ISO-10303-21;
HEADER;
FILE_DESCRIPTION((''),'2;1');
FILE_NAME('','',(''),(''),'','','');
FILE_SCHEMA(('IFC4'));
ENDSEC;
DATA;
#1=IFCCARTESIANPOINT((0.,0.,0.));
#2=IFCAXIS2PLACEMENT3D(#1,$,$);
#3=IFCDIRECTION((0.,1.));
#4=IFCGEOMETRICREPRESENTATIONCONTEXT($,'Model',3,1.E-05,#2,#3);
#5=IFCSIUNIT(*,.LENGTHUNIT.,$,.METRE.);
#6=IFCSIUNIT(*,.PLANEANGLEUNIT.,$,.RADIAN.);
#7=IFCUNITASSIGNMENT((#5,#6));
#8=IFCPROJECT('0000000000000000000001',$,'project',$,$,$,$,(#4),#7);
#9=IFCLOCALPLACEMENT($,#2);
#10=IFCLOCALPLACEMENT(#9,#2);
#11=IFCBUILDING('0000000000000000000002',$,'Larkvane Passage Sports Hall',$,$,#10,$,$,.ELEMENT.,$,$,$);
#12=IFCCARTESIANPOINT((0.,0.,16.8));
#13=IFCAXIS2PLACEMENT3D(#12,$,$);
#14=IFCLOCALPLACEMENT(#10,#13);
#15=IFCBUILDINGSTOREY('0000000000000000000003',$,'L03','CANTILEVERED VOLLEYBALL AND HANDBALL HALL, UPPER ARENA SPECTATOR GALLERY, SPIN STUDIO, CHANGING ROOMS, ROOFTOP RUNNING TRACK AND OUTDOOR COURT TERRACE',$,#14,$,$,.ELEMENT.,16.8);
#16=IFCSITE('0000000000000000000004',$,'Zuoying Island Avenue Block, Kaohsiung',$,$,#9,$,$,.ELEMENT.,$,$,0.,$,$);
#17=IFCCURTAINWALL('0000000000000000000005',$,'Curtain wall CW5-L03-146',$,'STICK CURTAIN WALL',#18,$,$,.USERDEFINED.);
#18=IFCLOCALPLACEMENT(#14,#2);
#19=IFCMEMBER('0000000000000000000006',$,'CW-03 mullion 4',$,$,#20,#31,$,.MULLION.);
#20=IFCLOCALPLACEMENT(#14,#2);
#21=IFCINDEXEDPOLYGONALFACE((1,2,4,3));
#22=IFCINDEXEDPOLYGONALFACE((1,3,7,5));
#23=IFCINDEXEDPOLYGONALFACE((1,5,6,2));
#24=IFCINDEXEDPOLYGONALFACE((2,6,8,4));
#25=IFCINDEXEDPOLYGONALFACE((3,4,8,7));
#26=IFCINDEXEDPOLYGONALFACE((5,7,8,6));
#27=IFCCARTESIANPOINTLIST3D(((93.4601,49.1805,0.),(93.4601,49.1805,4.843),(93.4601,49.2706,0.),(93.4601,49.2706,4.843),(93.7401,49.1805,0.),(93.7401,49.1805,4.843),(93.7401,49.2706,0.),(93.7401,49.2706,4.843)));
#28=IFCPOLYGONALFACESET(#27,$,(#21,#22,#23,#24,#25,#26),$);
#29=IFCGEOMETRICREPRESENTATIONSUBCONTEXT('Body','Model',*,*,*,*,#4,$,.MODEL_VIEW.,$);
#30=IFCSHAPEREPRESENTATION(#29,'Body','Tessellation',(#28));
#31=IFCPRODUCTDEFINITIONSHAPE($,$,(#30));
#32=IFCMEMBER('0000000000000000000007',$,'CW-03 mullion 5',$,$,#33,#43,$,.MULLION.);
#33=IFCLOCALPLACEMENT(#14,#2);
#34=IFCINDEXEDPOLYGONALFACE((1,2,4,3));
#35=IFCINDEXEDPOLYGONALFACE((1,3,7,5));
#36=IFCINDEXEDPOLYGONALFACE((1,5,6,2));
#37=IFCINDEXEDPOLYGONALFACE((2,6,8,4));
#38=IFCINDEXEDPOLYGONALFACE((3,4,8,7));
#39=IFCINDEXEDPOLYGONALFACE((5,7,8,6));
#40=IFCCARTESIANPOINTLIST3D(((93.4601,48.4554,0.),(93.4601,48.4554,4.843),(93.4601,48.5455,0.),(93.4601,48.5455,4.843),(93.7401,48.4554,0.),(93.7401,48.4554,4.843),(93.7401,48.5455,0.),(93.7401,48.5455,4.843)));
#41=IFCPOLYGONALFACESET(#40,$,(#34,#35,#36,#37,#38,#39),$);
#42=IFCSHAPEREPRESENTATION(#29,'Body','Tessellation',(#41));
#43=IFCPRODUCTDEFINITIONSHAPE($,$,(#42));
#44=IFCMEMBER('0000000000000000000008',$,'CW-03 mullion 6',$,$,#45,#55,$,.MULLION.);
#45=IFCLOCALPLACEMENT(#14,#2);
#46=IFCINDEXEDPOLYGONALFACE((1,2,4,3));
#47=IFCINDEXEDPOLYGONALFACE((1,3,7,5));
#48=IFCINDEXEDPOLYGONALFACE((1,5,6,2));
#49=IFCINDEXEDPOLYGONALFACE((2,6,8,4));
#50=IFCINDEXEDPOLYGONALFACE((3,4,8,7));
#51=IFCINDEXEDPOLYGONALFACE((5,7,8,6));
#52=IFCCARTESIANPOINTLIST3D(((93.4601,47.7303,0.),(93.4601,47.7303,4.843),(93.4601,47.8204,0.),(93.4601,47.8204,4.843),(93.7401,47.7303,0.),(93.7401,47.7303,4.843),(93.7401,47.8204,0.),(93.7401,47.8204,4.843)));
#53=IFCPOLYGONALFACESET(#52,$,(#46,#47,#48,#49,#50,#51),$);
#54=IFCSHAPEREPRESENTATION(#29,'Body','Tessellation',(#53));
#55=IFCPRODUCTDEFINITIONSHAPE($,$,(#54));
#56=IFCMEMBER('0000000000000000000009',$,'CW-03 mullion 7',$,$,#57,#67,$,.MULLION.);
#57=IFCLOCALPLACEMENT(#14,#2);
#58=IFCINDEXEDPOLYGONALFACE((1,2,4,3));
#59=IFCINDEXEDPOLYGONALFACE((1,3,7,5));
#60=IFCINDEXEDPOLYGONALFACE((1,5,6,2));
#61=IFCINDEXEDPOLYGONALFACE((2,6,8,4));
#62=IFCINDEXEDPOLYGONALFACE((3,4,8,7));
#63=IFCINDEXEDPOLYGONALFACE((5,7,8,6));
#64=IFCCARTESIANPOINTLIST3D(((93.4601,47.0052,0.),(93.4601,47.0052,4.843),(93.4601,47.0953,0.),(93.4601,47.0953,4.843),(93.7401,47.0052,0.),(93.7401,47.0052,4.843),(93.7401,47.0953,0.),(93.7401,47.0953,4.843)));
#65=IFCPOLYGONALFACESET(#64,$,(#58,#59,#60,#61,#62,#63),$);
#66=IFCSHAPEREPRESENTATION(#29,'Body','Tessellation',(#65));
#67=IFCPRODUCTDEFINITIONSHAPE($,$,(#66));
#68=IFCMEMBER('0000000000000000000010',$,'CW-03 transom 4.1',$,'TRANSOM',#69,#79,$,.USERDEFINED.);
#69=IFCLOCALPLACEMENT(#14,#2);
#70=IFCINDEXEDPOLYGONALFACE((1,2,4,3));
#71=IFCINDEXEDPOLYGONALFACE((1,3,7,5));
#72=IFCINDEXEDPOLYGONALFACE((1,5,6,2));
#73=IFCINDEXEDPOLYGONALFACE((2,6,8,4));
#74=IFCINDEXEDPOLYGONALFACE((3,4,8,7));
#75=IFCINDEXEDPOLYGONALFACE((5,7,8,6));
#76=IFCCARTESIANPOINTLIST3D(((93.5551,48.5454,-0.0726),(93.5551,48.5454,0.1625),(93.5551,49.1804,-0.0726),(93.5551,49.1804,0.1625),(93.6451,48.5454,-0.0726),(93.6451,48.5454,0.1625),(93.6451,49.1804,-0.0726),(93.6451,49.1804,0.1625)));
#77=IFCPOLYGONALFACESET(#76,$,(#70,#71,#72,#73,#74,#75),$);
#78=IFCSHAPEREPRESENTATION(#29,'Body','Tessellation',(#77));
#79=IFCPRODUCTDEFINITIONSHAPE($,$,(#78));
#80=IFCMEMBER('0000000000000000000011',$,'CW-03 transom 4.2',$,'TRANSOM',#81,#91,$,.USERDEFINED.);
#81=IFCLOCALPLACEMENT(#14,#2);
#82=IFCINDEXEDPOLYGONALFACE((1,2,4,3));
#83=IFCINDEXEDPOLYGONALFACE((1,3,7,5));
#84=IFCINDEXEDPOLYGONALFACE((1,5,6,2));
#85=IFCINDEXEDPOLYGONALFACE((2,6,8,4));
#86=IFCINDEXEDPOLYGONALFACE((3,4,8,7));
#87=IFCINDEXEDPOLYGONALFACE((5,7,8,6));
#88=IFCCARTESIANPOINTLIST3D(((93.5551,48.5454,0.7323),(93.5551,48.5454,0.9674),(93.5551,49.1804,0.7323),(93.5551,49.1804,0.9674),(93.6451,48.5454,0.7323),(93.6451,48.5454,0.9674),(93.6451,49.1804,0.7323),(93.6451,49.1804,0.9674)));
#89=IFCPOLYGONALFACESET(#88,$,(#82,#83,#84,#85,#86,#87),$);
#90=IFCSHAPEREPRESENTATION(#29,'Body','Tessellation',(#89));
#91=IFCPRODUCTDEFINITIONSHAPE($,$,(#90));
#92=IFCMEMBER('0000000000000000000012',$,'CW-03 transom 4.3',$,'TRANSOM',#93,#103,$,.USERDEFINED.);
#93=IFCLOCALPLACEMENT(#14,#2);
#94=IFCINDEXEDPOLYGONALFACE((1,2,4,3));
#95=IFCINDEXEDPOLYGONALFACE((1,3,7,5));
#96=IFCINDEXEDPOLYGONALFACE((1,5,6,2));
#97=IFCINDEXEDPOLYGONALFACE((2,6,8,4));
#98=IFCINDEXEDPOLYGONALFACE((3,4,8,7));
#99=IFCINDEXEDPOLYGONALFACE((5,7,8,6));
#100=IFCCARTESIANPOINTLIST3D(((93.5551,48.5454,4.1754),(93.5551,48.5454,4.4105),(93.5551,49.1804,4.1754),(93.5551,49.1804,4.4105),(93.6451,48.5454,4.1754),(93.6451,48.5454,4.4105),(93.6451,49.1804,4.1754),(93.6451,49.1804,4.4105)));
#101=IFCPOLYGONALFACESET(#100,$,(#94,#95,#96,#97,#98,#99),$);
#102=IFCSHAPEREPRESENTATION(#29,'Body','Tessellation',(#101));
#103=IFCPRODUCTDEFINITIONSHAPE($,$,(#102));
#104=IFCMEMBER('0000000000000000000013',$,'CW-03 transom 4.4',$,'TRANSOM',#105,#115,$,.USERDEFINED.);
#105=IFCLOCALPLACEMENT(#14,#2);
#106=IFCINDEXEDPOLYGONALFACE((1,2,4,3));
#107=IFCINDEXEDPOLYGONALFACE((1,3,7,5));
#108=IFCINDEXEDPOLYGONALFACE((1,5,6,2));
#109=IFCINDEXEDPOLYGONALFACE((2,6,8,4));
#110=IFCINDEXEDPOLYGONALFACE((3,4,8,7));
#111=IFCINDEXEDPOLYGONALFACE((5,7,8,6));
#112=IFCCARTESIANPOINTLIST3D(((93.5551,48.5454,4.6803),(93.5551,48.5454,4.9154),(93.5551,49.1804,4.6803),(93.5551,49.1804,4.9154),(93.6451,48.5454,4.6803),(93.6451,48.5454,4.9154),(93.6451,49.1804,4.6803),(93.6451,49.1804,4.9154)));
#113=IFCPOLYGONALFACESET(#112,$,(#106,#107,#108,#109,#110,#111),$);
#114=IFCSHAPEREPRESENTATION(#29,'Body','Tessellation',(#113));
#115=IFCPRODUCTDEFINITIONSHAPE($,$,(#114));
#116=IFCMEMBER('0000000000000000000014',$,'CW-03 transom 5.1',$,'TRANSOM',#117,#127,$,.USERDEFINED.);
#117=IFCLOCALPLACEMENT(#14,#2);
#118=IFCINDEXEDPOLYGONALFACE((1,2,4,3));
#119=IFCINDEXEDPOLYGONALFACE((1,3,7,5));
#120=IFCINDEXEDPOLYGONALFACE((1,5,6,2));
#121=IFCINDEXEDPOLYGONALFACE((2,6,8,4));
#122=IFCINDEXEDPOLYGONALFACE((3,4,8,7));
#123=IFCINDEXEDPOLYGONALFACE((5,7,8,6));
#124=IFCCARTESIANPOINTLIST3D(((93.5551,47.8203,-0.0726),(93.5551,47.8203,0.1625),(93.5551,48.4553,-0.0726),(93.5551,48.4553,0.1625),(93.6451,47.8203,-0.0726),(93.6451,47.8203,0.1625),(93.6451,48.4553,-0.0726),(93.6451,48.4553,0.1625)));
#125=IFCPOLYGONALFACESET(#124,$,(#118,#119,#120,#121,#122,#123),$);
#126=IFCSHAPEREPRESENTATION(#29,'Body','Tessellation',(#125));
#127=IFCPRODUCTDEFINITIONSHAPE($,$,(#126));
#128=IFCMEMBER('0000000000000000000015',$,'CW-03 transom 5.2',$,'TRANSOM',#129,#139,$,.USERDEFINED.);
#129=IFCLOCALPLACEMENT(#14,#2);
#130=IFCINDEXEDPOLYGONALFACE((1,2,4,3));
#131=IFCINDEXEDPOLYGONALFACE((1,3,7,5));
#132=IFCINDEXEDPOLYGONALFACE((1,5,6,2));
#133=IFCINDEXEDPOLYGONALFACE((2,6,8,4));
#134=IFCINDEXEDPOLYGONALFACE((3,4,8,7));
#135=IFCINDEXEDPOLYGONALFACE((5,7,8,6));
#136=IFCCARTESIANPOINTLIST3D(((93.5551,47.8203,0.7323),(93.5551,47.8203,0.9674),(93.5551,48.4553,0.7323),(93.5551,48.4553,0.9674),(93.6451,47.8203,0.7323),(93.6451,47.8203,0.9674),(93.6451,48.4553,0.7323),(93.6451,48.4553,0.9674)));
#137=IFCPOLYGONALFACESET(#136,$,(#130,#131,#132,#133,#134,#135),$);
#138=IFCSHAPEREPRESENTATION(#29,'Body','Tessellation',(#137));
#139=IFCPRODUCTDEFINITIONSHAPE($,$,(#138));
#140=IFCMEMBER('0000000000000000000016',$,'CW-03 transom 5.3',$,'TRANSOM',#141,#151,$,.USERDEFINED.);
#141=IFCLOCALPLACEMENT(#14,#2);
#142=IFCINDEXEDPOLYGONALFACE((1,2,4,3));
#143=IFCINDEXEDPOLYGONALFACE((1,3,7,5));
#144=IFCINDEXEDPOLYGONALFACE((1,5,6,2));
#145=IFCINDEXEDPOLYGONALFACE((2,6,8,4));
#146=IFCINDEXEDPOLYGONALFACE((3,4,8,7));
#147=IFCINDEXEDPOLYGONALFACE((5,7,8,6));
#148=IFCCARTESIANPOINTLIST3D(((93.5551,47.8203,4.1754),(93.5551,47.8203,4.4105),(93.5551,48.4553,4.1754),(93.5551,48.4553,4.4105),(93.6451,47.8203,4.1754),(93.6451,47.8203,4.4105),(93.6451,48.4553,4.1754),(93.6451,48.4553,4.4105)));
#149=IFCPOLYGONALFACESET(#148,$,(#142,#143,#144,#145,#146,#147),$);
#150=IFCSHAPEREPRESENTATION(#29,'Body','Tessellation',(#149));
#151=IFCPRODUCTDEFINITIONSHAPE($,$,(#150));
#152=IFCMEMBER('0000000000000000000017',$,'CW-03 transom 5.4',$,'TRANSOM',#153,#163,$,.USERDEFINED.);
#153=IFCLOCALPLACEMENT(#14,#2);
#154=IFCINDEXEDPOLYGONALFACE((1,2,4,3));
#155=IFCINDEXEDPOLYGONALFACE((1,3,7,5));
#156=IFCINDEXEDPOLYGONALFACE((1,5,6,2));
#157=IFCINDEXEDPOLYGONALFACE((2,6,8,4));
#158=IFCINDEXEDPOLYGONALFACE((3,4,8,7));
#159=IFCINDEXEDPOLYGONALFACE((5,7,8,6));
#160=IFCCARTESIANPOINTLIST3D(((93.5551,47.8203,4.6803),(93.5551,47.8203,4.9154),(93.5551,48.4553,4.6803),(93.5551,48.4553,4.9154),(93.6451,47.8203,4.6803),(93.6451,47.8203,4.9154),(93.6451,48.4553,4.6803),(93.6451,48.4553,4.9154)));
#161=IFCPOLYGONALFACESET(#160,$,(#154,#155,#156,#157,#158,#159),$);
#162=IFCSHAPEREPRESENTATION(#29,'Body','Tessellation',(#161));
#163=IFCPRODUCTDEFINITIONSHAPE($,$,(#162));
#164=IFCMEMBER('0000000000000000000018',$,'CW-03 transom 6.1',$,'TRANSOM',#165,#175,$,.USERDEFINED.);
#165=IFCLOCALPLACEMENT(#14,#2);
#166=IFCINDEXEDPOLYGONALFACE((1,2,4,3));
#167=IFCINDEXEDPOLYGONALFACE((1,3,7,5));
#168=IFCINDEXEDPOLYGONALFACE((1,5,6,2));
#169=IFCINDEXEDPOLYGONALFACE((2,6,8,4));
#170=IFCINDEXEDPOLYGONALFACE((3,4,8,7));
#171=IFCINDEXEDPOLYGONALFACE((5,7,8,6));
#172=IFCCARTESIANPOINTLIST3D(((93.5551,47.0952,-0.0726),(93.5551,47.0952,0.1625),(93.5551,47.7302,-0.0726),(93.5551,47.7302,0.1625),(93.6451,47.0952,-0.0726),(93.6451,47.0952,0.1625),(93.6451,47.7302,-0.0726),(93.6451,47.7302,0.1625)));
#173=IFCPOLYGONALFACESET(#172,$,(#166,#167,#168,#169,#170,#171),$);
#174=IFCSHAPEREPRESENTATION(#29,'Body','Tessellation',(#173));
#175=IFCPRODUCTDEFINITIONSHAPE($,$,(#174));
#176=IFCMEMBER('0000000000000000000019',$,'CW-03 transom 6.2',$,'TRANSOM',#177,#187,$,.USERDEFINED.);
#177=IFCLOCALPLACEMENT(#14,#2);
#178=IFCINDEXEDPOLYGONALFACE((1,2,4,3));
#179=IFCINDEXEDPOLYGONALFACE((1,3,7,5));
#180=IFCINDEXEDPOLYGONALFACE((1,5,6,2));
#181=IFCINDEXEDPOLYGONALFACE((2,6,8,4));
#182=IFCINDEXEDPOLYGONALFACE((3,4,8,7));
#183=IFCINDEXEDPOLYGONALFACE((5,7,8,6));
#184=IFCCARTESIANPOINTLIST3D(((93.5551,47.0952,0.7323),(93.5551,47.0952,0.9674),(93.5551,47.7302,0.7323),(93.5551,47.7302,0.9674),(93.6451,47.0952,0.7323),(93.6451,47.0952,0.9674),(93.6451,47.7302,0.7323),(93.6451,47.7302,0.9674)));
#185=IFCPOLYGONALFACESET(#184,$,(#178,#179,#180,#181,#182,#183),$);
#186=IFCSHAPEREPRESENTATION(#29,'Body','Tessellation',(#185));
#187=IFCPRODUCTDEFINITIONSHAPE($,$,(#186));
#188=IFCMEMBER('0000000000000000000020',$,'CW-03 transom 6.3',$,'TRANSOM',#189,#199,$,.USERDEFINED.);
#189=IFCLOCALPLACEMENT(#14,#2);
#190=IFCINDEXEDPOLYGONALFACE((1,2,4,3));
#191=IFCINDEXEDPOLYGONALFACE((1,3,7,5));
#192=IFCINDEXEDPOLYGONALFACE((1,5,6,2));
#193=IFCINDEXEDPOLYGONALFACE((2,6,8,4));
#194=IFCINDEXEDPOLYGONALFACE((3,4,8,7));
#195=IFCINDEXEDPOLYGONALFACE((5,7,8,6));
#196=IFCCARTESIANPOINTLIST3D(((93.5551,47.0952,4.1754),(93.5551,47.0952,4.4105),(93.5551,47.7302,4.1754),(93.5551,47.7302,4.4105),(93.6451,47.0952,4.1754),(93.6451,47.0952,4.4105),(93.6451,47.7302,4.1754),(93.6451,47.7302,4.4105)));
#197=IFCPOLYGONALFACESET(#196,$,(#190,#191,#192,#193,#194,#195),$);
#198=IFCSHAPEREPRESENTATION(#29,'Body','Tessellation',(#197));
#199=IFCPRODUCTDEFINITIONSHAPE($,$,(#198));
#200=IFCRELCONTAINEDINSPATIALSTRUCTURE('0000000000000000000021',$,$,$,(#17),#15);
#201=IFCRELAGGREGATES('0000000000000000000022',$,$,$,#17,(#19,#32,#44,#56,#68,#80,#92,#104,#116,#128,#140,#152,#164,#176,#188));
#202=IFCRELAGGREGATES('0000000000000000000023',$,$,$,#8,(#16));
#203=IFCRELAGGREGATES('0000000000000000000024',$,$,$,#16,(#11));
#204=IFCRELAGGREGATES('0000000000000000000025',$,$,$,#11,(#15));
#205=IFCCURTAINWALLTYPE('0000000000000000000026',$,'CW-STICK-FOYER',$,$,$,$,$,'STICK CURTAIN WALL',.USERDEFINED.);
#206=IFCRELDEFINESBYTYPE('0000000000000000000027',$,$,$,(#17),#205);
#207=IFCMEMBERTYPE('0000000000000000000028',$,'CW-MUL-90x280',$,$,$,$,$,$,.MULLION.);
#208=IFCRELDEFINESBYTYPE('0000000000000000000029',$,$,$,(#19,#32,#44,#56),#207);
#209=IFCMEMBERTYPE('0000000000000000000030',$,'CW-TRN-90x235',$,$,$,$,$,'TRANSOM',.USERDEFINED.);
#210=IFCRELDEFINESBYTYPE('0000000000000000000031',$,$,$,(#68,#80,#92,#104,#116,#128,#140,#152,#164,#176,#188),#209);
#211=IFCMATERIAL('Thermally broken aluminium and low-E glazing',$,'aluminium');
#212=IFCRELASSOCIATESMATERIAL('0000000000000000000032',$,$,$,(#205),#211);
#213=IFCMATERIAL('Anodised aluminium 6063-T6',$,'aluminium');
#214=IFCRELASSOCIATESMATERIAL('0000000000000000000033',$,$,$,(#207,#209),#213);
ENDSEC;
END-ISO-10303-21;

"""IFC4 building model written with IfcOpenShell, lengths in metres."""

from ifc_helpers import new_model, si_unit, direction, frame, origin, origin_2d, place, context, subcontext, project, spatial, rectangle, extrude, material, material_profile, profile_set, type_object, element, aggregate, save


model = new_model("IFC4")

# Units and contexts
model_context = context("Model", 3, precision=1e-05, world=origin(), true_north=direction((0.0, 1.0)))
body_context = subcontext(model_context, "Body", "Model", "MODEL_VIEW")
ifc_project = project(units=[si_unit("LENGTHUNIT", "METRE"), si_unit("PLANEANGLEUNIT", "RADIAN")], contexts=[model_context])

# Site, building, storey
site_placement = place(None, origin())
site = spatial("IfcSite", under=ifc_project, at=site_placement, Name="Zuoying Island Avenue Block, Kaohsiung", CompositionType="ELEMENT", RefElevation=0.0)
building_placement = place(site_placement, origin())
building = spatial("IfcBuilding", under=site, at=building_placement, Name="Larkvane Passage Sports Hall", CompositionType="ELEMENT")
storey_placement = place(building_placement, frame((0.0, 0.0, 16.8)))
storey = spatial("IfcBuildingStorey", under=building, at=storey_placement, Name="L03", Description="CANTILEVERED VOLLEYBALL AND HANDBALL HALL, UPPER ARENA SPECTATOR GALLERY, SPIN STUDIO, CHANGING ROOMS, ROOFTOP RUNNING TRACK AND OUTDOOR COURT TERRACE", CompositionType="ELEMENT", Elevation=16.8)

# Curtain wall, members
ifc_material_1 = material(Name="Thermally broken aluminium and low-E glazing", Category="aluminium")
curtain_wall_type = type_object("IfcCurtainWallType", Name="CW-STICK-FOYER", ElementType="STICK CURTAIN WALL", PredefinedType="USERDEFINED", material=ifc_material_1)
curtain_wall_placement = place(storey_placement, origin())
curtain_wall = element("IfcCurtainWall", 1, at=curtain_wall_placement, inside=storey, type_object=curtain_wall_type, Name="Curtain wall CW5-L03-146", ObjectType="STICK CURTAIN WALL", PredefinedType="USERDEFINED")
ifc_material_2 = material(Name="Anodised aluminium 6063-T6", Category="aluminium")
ifc_material_profile_1 = material_profile(ifc_material_2, rectangle(XDim=0.0901, YDim=0.28, at=origin_2d()), Name="ALU-MUL-90x280")
ifc_profile_set_1 = profile_set([ifc_material_profile_1], Name="Anodised aluminium 6063-T6")
member_type_1 = type_object("IfcMemberType", Name="CW-MUL-90x280", PredefinedType="MULLION", material=ifc_profile_set_1)
member_1_placement = place(storey_placement, frame((93.6001, 49.2256, 0.0), z_axis=(0.0, 0.0, 1.0), x_axis=(0.0, -1.0, 0.0)))
member_1 = element("IfcMember", 2, at=member_1_placement, type_object=member_type_1, Name="CW-03 mullion 4", PredefinedType="MULLION", context=body_context, shape_type="SweptSolid", body=[
    extrude(rectangle(XDim=0.0901, YDim=0.28, at=origin_2d()), origin(), (0.0, 0.0, 1.0), 4.843),
])
member_2_placement = place(storey_placement, frame((93.6001, 48.5005, 0.0), z_axis=(0.0, 0.0, 1.0), x_axis=(0.0, -1.0, 0.0)))
member_2 = element("IfcMember", 3, at=member_2_placement, type_object=member_type_1, Name="CW-03 mullion 5", PredefinedType="MULLION", context=body_context, shape_type="SweptSolid", body=[
    extrude(rectangle(XDim=0.0901, YDim=0.28, at=origin_2d()), origin(), (0.0, 0.0, 1.0), 4.843),
])
member_3_placement = place(storey_placement, frame((93.6001, 47.7754, 0.0), z_axis=(0.0, 0.0, 1.0), x_axis=(0.0, -1.0, 0.0)))
member_3 = element("IfcMember", 4, at=member_3_placement, type_object=member_type_1, Name="CW-03 mullion 6", PredefinedType="MULLION", context=body_context, shape_type="SweptSolid", body=[
    extrude(rectangle(XDim=0.0901, YDim=0.28, at=origin_2d()), origin(), (0.0, 0.0, 1.0), 4.843),
])
member_4_placement = place(storey_placement, frame((93.6001, 47.0503, 0.0), z_axis=(0.0, 0.0, 1.0), x_axis=(0.0, -1.0, 0.0)))
member_4 = element("IfcMember", 5, at=member_4_placement, type_object=member_type_1, Name="CW-03 mullion 7", PredefinedType="MULLION", context=body_context, shape_type="SweptSolid", body=[
    extrude(rectangle(XDim=0.0901, YDim=0.28, at=origin_2d()), origin(), (0.0, 0.0, 1.0), 4.843),
])
ifc_material_profile_2 = material_profile(ifc_material_2, rectangle(XDim=0.0901, YDim=0.2351, at=origin_2d()), Name="ALU-TRN-90x235")
ifc_profile_set_2 = profile_set([ifc_material_profile_2], Name="Anodised aluminium 6063-T6")
member_type_2 = type_object("IfcMemberType", Name="CW-TRN-90x235", ElementType="TRANSOM", PredefinedType="USERDEFINED", material=ifc_profile_set_2)
member_5_placement = place(storey_placement, frame((93.6001, 49.1804, 0.0449), z_axis=(0.0, -1.0, 0.0), x_axis=(1.0, 0.0, 0.0)))
member_5 = element("IfcMember", 6, at=member_5_placement, type_object=member_type_2, Name="CW-03 transom 4.1", ObjectType="TRANSOM", PredefinedType="USERDEFINED", context=body_context, shape_type="SweptSolid", body=[
    extrude(rectangle(XDim=0.0901, YDim=0.2351, at=origin_2d()), origin(), (0.0, 0.0, 1.0), 0.635),
])
member_6_placement = place(storey_placement, frame((93.6001, 49.1804, 0.8499), z_axis=(0.0, -1.0, 0.0), x_axis=(1.0, 0.0, 0.0)))
member_6 = element("IfcMember", 7, at=member_6_placement, type_object=member_type_2, Name="CW-03 transom 4.2", ObjectType="TRANSOM", PredefinedType="USERDEFINED", context=body_context, shape_type="SweptSolid", body=[
    extrude(rectangle(XDim=0.0901, YDim=0.2351, at=origin_2d()), origin(), (0.0, 0.0, 1.0), 0.635),
])
member_7_placement = place(storey_placement, frame((93.6001, 49.1804, 4.293), z_axis=(0.0, -1.0, 0.0), x_axis=(1.0, 0.0, 0.0)))
member_7 = element("IfcMember", 8, at=member_7_placement, type_object=member_type_2, Name="CW-03 transom 4.3", ObjectType="TRANSOM", PredefinedType="USERDEFINED", context=body_context, shape_type="SweptSolid", body=[
    extrude(rectangle(XDim=0.0901, YDim=0.2351, at=origin_2d()), origin(), (0.0, 0.0, 1.0), 0.635),
])
member_8_placement = place(storey_placement, frame((93.6001, 49.1804, 4.7979), z_axis=(0.0, -1.0, 0.0), x_axis=(1.0, 0.0, 0.0)))
member_8 = element("IfcMember", 9, at=member_8_placement, type_object=member_type_2, Name="CW-03 transom 4.4", ObjectType="TRANSOM", PredefinedType="USERDEFINED", context=body_context, shape_type="SweptSolid", body=[
    extrude(rectangle(XDim=0.0901, YDim=0.2351, at=origin_2d()), origin(), (0.0, 0.0, 1.0), 0.635),
])
member_9_placement = place(storey_placement, frame((93.6001, 48.4553, 0.0449), z_axis=(0.0, -1.0, 0.0), x_axis=(1.0, 0.0, 0.0)))
member_9 = element("IfcMember", 10, at=member_9_placement, type_object=member_type_2, Name="CW-03 transom 5.1", ObjectType="TRANSOM", PredefinedType="USERDEFINED", context=body_context, shape_type="SweptSolid", body=[
    extrude(rectangle(XDim=0.0901, YDim=0.2351, at=origin_2d()), origin(), (0.0, 0.0, 1.0), 0.635),
])
member_10_placement = place(storey_placement, frame((93.6001, 48.4553, 0.8499), z_axis=(0.0, -1.0, 0.0), x_axis=(1.0, 0.0, 0.0)))
member_10 = element("IfcMember", 11, at=member_10_placement, type_object=member_type_2, Name="CW-03 transom 5.2", ObjectType="TRANSOM", PredefinedType="USERDEFINED", context=body_context, shape_type="SweptSolid", body=[
    extrude(rectangle(XDim=0.0901, YDim=0.2351, at=origin_2d()), origin(), (0.0, 0.0, 1.0), 0.635),
])
member_11_placement = place(storey_placement, frame((93.6001, 48.4553, 4.293), z_axis=(0.0, -1.0, 0.0), x_axis=(1.0, 0.0, 0.0)))
member_11 = element("IfcMember", 12, at=member_11_placement, type_object=member_type_2, Name="CW-03 transom 5.3", ObjectType="TRANSOM", PredefinedType="USERDEFINED", context=body_context, shape_type="SweptSolid", body=[
    extrude(rectangle(XDim=0.0901, YDim=0.2351, at=origin_2d()), origin(), (0.0, 0.0, 1.0), 0.635),
])
member_12_placement = place(storey_placement, frame((93.6001, 48.4553, 4.7979), z_axis=(0.0, -1.0, 0.0), x_axis=(1.0, 0.0, 0.0)))
member_12 = element("IfcMember", 13, at=member_12_placement, type_object=member_type_2, Name="CW-03 transom 5.4", ObjectType="TRANSOM", PredefinedType="USERDEFINED", context=body_context, shape_type="SweptSolid", body=[
    extrude(rectangle(XDim=0.0901, YDim=0.2351, at=origin_2d()), origin(), (0.0, 0.0, 1.0), 0.635),
])
member_13_placement = place(storey_placement, frame((93.6001, 47.7302, 0.0449), z_axis=(0.0, -1.0, 0.0), x_axis=(1.0, 0.0, 0.0)))
member_13 = element("IfcMember", 14, at=member_13_placement, type_object=member_type_2, Name="CW-03 transom 6.1", ObjectType="TRANSOM", PredefinedType="USERDEFINED", context=body_context, shape_type="SweptSolid", body=[
    extrude(rectangle(XDim=0.0901, YDim=0.2351, at=origin_2d()), origin(), (0.0, 0.0, 1.0), 0.635),
])
member_14_placement = place(storey_placement, frame((93.6001, 47.7302, 0.8499), z_axis=(0.0, -1.0, 0.0), x_axis=(1.0, 0.0, 0.0)))
member_14 = element("IfcMember", 15, at=member_14_placement, type_object=member_type_2, Name="CW-03 transom 6.2", ObjectType="TRANSOM", PredefinedType="USERDEFINED", context=body_context, shape_type="SweptSolid", body=[
    extrude(rectangle(XDim=0.0901, YDim=0.2351, at=origin_2d()), origin(), (0.0, 0.0, 1.0), 0.635),
])
member_15_placement = place(storey_placement, frame((93.6001, 47.7302, 4.293), z_axis=(0.0, -1.0, 0.0), x_axis=(1.0, 0.0, 0.0)))
member_15 = element("IfcMember", 16, at=member_15_placement, type_object=member_type_2, Name="CW-03 transom 6.3", ObjectType="TRANSOM", PredefinedType="USERDEFINED", context=body_context, shape_type="SweptSolid", body=[
    extrude(rectangle(XDim=0.0901, YDim=0.2351, at=origin_2d()), origin(), (0.0, 0.0, 1.0), 0.635),
])
aggregate(curtain_wall, [member_1, member_2, member_3, member_4, member_5, member_6, member_7, member_8, member_9, member_10, member_11, member_12, member_13, member_14, member_15])

save(model, "model.ifc")
